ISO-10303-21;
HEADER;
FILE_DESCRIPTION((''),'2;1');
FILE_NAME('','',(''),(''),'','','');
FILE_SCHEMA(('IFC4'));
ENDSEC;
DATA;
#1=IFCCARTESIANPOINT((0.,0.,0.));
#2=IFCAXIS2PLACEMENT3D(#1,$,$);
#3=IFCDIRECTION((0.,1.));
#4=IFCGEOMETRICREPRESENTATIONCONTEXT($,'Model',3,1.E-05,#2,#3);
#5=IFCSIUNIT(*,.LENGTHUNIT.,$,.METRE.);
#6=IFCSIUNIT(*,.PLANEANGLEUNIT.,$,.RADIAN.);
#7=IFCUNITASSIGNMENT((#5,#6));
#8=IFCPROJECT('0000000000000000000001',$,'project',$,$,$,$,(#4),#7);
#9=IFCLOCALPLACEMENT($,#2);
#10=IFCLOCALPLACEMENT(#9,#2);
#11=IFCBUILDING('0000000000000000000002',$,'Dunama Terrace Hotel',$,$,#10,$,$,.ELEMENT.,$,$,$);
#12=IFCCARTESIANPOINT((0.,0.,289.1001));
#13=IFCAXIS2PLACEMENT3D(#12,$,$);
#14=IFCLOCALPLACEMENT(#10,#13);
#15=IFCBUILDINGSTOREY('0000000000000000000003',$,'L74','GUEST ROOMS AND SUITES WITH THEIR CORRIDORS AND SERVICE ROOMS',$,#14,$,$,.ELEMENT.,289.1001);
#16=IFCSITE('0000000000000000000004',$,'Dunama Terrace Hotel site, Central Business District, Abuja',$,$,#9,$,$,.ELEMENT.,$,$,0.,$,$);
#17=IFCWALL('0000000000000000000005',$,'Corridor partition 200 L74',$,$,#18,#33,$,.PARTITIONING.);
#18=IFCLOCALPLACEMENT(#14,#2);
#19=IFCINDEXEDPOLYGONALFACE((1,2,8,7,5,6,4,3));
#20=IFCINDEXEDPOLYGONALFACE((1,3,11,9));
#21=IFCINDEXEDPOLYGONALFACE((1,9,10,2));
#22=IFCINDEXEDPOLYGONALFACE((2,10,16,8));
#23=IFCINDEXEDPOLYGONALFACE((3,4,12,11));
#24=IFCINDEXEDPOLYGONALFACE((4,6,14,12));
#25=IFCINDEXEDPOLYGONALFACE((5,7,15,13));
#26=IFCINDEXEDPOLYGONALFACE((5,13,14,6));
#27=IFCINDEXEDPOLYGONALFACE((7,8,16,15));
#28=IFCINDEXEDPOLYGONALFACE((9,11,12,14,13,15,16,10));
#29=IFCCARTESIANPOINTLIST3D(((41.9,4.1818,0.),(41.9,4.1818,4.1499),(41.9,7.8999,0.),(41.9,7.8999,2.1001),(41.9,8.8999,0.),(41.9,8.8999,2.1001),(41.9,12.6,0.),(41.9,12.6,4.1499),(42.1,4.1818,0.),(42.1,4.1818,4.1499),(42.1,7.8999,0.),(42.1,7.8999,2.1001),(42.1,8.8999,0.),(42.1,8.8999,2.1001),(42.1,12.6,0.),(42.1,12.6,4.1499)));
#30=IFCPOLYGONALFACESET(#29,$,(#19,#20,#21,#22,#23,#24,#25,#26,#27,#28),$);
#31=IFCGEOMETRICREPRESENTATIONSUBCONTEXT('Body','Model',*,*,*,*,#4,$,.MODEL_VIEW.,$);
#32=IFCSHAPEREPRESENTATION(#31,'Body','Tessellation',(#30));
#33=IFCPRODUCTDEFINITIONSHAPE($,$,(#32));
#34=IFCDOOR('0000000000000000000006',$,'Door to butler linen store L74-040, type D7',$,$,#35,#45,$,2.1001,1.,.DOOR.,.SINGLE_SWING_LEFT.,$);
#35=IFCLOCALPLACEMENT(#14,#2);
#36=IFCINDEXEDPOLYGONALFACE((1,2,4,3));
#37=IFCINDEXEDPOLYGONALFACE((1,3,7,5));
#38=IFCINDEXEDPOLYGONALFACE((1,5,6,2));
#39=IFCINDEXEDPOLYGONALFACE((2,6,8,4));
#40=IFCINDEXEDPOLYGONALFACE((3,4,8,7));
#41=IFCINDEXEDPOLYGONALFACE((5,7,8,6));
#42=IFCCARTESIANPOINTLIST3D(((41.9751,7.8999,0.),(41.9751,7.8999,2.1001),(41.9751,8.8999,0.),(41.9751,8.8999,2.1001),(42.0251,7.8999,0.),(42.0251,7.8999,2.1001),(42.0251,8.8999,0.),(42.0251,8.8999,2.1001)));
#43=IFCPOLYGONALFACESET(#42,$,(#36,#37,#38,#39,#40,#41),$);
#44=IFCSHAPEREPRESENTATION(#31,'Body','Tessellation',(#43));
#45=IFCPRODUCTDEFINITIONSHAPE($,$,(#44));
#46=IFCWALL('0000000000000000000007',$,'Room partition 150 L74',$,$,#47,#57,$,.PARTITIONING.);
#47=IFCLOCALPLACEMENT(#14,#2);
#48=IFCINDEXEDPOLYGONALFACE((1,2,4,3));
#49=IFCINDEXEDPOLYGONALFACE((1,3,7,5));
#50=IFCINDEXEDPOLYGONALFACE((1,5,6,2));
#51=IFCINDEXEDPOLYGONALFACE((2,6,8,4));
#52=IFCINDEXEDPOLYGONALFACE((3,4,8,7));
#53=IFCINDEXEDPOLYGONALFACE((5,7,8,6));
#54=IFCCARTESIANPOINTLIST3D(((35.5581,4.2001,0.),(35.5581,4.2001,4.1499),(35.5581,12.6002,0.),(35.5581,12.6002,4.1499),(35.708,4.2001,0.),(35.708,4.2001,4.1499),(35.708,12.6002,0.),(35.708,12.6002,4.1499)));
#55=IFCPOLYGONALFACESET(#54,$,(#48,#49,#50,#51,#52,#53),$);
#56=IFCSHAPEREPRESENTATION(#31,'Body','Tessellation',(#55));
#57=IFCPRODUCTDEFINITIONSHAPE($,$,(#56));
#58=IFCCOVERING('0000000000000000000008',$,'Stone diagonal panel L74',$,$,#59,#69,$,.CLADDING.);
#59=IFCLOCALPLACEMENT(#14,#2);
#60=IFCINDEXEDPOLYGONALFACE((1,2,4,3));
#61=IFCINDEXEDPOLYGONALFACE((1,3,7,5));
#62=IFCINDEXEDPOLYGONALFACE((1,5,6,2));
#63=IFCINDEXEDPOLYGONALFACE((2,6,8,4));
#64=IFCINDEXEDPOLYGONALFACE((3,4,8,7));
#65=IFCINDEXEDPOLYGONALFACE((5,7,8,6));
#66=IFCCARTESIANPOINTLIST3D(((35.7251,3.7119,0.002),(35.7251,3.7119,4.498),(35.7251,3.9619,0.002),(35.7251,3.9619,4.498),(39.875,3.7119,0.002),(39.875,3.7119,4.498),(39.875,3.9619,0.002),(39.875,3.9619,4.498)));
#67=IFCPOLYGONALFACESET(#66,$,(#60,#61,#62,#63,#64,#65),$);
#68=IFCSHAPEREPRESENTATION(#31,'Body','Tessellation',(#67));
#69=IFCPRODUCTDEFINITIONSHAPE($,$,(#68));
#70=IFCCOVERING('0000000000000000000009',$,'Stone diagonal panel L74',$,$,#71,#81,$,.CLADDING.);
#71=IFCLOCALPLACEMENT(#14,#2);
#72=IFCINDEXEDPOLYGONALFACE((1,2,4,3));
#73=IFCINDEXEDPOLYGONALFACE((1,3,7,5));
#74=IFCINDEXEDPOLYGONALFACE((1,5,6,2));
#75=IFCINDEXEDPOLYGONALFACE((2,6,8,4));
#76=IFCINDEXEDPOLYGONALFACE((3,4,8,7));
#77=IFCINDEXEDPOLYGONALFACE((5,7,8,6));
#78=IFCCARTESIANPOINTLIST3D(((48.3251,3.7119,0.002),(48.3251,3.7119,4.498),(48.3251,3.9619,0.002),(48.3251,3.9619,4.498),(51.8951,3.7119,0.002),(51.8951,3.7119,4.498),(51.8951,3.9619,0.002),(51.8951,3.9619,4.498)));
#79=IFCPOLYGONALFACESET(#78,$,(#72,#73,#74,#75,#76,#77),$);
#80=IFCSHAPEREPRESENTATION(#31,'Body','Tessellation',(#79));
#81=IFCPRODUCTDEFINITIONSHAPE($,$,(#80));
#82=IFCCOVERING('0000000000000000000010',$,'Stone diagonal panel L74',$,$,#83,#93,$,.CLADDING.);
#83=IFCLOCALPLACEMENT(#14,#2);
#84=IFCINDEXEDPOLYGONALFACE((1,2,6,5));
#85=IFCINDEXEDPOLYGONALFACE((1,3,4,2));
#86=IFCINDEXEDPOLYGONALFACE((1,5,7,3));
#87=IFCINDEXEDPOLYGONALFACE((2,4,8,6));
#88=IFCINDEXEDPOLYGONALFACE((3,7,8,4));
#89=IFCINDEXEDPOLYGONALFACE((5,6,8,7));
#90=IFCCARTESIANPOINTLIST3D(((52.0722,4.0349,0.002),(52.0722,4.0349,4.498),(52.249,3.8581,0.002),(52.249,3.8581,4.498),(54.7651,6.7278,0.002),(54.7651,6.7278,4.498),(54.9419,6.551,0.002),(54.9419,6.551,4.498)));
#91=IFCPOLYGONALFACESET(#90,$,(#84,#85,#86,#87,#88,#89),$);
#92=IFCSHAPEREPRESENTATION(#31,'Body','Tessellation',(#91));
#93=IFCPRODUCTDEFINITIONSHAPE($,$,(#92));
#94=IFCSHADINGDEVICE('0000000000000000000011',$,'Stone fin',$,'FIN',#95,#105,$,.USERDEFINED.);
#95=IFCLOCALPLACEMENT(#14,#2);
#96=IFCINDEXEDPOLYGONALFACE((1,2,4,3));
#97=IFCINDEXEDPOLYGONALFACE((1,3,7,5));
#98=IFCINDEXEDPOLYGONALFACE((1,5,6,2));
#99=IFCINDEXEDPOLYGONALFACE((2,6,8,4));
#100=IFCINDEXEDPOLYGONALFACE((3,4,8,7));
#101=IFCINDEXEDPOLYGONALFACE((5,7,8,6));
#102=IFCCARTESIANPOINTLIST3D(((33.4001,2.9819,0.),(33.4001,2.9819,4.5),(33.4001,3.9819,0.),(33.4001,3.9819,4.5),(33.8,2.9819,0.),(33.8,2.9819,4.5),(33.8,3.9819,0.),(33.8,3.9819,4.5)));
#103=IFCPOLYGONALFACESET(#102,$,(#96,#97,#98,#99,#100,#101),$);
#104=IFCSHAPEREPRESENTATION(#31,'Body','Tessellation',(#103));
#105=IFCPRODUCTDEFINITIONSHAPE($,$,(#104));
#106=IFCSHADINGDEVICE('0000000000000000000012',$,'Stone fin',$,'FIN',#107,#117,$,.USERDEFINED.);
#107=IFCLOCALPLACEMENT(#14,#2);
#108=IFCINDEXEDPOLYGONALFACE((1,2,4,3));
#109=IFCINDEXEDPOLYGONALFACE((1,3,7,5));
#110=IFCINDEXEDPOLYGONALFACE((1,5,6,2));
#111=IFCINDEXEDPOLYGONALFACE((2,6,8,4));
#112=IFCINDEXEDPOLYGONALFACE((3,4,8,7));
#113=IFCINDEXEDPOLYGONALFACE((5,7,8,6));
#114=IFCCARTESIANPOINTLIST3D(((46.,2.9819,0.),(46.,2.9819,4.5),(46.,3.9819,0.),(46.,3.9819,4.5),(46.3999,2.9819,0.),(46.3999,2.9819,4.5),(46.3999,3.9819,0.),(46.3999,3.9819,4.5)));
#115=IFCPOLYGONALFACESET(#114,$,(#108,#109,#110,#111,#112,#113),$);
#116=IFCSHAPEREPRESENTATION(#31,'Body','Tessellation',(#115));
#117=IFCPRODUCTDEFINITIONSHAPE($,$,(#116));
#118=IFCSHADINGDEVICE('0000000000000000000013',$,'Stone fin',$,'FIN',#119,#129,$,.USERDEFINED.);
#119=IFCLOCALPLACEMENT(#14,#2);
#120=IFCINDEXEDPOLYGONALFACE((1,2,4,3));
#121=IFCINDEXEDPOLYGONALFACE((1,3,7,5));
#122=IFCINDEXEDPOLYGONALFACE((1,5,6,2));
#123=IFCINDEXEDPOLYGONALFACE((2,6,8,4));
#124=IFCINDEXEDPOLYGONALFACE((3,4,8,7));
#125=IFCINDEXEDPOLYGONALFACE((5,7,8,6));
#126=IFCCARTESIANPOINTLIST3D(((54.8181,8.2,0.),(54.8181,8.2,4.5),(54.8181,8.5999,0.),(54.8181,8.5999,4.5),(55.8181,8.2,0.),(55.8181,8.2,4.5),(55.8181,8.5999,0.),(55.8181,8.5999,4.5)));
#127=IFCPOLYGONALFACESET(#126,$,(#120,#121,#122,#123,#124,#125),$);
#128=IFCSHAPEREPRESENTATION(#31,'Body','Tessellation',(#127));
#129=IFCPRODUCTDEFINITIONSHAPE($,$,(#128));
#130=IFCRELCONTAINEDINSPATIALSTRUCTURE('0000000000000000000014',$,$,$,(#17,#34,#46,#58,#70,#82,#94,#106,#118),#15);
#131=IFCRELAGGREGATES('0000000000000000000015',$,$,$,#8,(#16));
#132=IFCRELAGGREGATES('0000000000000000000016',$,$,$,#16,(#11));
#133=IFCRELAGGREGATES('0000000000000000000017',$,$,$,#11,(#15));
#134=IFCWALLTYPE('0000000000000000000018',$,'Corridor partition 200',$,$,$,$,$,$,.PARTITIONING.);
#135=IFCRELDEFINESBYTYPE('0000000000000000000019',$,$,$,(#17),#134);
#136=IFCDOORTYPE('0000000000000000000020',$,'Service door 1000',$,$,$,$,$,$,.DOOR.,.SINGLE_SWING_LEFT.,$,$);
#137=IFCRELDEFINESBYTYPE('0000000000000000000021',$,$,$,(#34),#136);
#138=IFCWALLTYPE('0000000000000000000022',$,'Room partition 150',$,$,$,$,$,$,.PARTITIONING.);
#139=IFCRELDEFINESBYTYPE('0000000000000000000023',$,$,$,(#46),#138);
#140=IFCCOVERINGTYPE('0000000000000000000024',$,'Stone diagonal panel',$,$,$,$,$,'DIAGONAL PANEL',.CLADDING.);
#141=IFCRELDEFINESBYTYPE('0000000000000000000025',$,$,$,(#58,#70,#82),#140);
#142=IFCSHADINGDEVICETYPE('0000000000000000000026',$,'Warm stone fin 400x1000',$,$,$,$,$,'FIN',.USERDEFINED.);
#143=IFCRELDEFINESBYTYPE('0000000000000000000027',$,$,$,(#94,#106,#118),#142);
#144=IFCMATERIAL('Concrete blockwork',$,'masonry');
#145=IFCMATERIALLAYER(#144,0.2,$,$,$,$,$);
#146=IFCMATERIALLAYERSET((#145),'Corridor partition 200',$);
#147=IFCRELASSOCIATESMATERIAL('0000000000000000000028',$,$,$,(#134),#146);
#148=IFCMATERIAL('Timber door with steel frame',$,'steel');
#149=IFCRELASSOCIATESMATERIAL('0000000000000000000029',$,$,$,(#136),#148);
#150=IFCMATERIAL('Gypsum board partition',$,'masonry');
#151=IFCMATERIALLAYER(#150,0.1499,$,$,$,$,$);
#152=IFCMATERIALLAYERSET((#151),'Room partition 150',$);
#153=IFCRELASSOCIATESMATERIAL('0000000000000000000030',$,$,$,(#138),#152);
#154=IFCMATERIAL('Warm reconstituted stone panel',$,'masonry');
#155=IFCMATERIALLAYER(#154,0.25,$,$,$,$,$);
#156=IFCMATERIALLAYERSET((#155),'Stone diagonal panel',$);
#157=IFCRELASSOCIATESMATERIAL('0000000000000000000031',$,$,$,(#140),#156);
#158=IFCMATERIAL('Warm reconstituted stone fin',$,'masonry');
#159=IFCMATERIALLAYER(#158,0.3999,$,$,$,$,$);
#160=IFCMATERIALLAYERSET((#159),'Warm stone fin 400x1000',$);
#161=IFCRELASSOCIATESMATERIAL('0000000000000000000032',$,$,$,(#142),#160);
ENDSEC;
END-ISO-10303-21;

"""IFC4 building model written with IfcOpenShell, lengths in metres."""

from ifc_helpers import new_model, si_unit, direction, frame, frame_2d, origin, origin_2d, place, context, subcontext, project, spatial, rectangle, extrude, material, layer, layer_set, type_object, element, fill, save


model = new_model("IFC4")

# Units and contexts
model_context = context("Model", 3, precision=1e-05, world=origin(), true_north=direction((0.0, 1.0)))
body_context = subcontext(model_context, "Body", "Model", "MODEL_VIEW")
ifc_project = project(units=[si_unit("LENGTHUNIT", "METRE"), si_unit("PLANEANGLEUNIT", "RADIAN")], contexts=[model_context])

# Site, building, storey
site_placement = place(None, origin())
site = spatial("IfcSite", under=ifc_project, at=site_placement, Name="Dunama Terrace Hotel site, Central Business District, Abuja", CompositionType="ELEMENT", RefElevation=0.0)
building_placement = place(site_placement, origin())
building = spatial("IfcBuilding", under=site, at=building_placement, Name="Dunama Terrace Hotel", CompositionType="ELEMENT")
storey_placement = place(building_placement, frame((0.0, 0.0, 289.1001)))
storey = spatial("IfcBuildingStorey", under=building, at=storey_placement, Name="L74", Description="GUEST ROOMS AND SUITES WITH THEIR CORRIDORS AND SERVICE ROOMS", CompositionType="ELEMENT", Elevation=289.1001)

# Wall, opening, door
ifc_material_1 = material(Name="Concrete blockwork", Category="masonry")
ifc_layer_1 = layer(ifc_material_1, 0.2)
ifc_layer_set_1 = layer_set([ifc_layer_1], Name="Corridor partition 200")
wall_type_1 = type_object("IfcWallType", Name="Corridor partition 200", PredefinedType="PARTITIONING", material=ifc_layer_set_1)
wall_1_placement = place(storey_placement, frame((42.0, 4.1819, 0.0), z_axis=(0.0, 0.0, 1.0), x_axis=(0.0, 1.0, 0.0)))
wall_1 = element("IfcWall", 1, at=wall_1_placement, inside=storey, type_object=wall_type_1, Name="Corridor partition 200 L74", PredefinedType="PARTITIONING", context=body_context, shape_type="SweptSolid", body=[
    extrude(rectangle(XDim=8.4182, YDim=0.2, at=frame_2d((4.209, 0.0))), origin(), (0.0, 0.0, 1.0), 4.1499),
])
opening_placement = place(wall_1_placement, frame((3.718, 0.0, 0.0)))
opening = element("IfcOpeningElement", 2, at=opening_placement, cuts=wall_1, PredefinedType="OPENING", context=body_context, shape_type="SweptSolid", body=[
    extrude(rectangle(XDim=1.0, YDim=2.1001, at=frame_2d((0.5, 1.05))), frame((0.0, 0.1099, 0.0), z_axis=(0.0, -1.0, 0.0), x_axis=(1.0, 0.0, 0.0)), (0.0, 0.0, 1.0), 0.22),
])
ifc_material_2 = material(Name="Timber door with steel frame", Category="steel")
door_type = type_object("IfcDoorType", Name="Service door 1000", OperationType="SINGLE_SWING_LEFT", PredefinedType="DOOR", material=ifc_material_2)
door_placement = place(opening_placement, origin())
door = element("IfcDoor", 3, at=door_placement, inside=storey, type_object=door_type, Name="Door to butler linen store L74-040, type D7", OperationType="SINGLE_SWING_LEFT", OverallHeight=2.1001, OverallWidth=1.0, PredefinedType="DOOR", context=body_context, shape_type="SweptSolid", body=[
    extrude(rectangle(XDim=1.0, YDim=2.1001, at=frame_2d((0.5, 1.05))), frame((0.0, 0.0249, 0.0), z_axis=(0.0, -1.0, 0.0), x_axis=(1.0, 0.0, 0.0)), (0.0, 0.0, 1.0), 0.05),
])
fill(opening, door)

# Wall
ifc_material_3 = material(Name="Gypsum board partition", Category="masonry")
ifc_layer_2 = layer(ifc_material_3, 0.1499)
ifc_layer_set_2 = layer_set([ifc_layer_2], Name="Room partition 150")
wall_type_2 = type_object("IfcWallType", Name="Room partition 150", PredefinedType="PARTITIONING", material=ifc_layer_set_2)
wall_2_placement = place(storey_placement, frame((35.6331, 4.2, 0.0), z_axis=(0.0, 0.0, 1.0), x_axis=(0.0, 1.0, 0.0)))
element("IfcWall", 4, at=wall_2_placement, inside=storey, type_object=wall_type_2, Name="Room partition 150 L74", PredefinedType="PARTITIONING", context=body_context, shape_type="SweptSolid", body=[
    extrude(rectangle(XDim=8.4001, YDim=0.1499, at=frame_2d((4.2002, 0.0))), origin(), (0.0, 0.0, 1.0), 4.1499),
])

# Coverings
ifc_material_4 = material(Name="Warm reconstituted stone panel", Category="masonry")
ifc_layer_3 = layer(ifc_material_4, 0.25)
ifc_layer_set_3 = layer_set([ifc_layer_3], Name="Stone diagonal panel")
covering_type = type_object("IfcCoveringType", Name="Stone diagonal panel", ElementType="DIAGONAL PANEL", PredefinedType="CLADDING", material=ifc_layer_set_3)
covering_1_placement = place(storey_placement, frame((37.8, 3.8369, 0.002), z_axis=(0.0, 0.0, 1.0), x_axis=(1.0, 0.0, 0.0)))
element("IfcCovering", 5, at=covering_1_placement, inside=storey, type_object=covering_type, Name="Stone diagonal panel L74", PredefinedType="CLADDING", context=body_context, shape_type="SweptSolid", body=[
    extrude(rectangle(XDim=4.1499, YDim=0.25, at=origin_2d()), origin(), (0.0, 0.0, 1.0), 4.4961),
])
covering_2_placement = place(storey_placement, frame((50.1101, 3.8369, 0.002), z_axis=(0.0, 0.0, 1.0), x_axis=(1.0, 0.0, 0.0)))
element("IfcCovering", 6, at=covering_2_placement, inside=storey, type_object=covering_type, Name="Stone diagonal panel L74", PredefinedType="CLADDING", context=body_context, shape_type="SweptSolid", body=[
    extrude(rectangle(XDim=3.5701, YDim=0.25, at=origin_2d()), origin(), (0.0, 0.0, 1.0), 4.4961),
])
covering_3_placement = place(storey_placement, frame((53.5071, 5.293, 0.002), z_axis=(0.0, 0.0, 1.0), x_axis=(0.707107, 0.707107, 0.0)))
element("IfcCovering", 7, at=covering_3_placement, inside=storey, type_object=covering_type, Name="Stone diagonal panel L74", PredefinedType="CLADDING", context=body_context, shape_type="SweptSolid", body=[
    extrude(rectangle(XDim=3.8083, YDim=0.25, at=origin_2d()), origin(), (0.0, 0.0, 1.0), 4.4961),
])

# Shading devices
ifc_material_5 = material(Name="Warm reconstituted stone fin", Category="masonry")
ifc_layer_4 = layer(ifc_material_5, 0.3999)
ifc_layer_set_4 = layer_set([ifc_layer_4], Name="Warm stone fin 400x1000")
shading_device_type = type_object("IfcShadingDeviceType", Name="Warm stone fin 400x1000", ElementType="FIN", PredefinedType="USERDEFINED", material=ifc_layer_set_4)
for number, where, z_axis, x_axis, name in (
    (8, (33.6001, 3.4819, 0.0), (0.0, 0.0, 1.0), (1.0, 0.0, 0.0), "Stone fin"),
    (9, (46.2, 3.4819, 0.0), (0.0, 0.0, 1.0), (1.0, 0.0, 0.0), "Stone fin"),
    (10, (55.3181, 8.3999, 0.0), (0.0, 0.0, 1.0), (0.0, 1.0, 0.0), "Stone fin"),
):
    element("IfcShadingDevice", number, at=place(storey_placement, frame(where, z_axis=z_axis, x_axis=x_axis)), inside=storey, type_object=shading_device_type, Name=name, ObjectType="FIN", PredefinedType="USERDEFINED", context=body_context, shape_type="SweptSolid", body=[
        extrude(rectangle(XDim=0.3999, YDim=1.0, at=origin_2d()), origin(), (0.0, 0.0, 1.0), 4.5),
    ])

save(model, "model.ifc")
